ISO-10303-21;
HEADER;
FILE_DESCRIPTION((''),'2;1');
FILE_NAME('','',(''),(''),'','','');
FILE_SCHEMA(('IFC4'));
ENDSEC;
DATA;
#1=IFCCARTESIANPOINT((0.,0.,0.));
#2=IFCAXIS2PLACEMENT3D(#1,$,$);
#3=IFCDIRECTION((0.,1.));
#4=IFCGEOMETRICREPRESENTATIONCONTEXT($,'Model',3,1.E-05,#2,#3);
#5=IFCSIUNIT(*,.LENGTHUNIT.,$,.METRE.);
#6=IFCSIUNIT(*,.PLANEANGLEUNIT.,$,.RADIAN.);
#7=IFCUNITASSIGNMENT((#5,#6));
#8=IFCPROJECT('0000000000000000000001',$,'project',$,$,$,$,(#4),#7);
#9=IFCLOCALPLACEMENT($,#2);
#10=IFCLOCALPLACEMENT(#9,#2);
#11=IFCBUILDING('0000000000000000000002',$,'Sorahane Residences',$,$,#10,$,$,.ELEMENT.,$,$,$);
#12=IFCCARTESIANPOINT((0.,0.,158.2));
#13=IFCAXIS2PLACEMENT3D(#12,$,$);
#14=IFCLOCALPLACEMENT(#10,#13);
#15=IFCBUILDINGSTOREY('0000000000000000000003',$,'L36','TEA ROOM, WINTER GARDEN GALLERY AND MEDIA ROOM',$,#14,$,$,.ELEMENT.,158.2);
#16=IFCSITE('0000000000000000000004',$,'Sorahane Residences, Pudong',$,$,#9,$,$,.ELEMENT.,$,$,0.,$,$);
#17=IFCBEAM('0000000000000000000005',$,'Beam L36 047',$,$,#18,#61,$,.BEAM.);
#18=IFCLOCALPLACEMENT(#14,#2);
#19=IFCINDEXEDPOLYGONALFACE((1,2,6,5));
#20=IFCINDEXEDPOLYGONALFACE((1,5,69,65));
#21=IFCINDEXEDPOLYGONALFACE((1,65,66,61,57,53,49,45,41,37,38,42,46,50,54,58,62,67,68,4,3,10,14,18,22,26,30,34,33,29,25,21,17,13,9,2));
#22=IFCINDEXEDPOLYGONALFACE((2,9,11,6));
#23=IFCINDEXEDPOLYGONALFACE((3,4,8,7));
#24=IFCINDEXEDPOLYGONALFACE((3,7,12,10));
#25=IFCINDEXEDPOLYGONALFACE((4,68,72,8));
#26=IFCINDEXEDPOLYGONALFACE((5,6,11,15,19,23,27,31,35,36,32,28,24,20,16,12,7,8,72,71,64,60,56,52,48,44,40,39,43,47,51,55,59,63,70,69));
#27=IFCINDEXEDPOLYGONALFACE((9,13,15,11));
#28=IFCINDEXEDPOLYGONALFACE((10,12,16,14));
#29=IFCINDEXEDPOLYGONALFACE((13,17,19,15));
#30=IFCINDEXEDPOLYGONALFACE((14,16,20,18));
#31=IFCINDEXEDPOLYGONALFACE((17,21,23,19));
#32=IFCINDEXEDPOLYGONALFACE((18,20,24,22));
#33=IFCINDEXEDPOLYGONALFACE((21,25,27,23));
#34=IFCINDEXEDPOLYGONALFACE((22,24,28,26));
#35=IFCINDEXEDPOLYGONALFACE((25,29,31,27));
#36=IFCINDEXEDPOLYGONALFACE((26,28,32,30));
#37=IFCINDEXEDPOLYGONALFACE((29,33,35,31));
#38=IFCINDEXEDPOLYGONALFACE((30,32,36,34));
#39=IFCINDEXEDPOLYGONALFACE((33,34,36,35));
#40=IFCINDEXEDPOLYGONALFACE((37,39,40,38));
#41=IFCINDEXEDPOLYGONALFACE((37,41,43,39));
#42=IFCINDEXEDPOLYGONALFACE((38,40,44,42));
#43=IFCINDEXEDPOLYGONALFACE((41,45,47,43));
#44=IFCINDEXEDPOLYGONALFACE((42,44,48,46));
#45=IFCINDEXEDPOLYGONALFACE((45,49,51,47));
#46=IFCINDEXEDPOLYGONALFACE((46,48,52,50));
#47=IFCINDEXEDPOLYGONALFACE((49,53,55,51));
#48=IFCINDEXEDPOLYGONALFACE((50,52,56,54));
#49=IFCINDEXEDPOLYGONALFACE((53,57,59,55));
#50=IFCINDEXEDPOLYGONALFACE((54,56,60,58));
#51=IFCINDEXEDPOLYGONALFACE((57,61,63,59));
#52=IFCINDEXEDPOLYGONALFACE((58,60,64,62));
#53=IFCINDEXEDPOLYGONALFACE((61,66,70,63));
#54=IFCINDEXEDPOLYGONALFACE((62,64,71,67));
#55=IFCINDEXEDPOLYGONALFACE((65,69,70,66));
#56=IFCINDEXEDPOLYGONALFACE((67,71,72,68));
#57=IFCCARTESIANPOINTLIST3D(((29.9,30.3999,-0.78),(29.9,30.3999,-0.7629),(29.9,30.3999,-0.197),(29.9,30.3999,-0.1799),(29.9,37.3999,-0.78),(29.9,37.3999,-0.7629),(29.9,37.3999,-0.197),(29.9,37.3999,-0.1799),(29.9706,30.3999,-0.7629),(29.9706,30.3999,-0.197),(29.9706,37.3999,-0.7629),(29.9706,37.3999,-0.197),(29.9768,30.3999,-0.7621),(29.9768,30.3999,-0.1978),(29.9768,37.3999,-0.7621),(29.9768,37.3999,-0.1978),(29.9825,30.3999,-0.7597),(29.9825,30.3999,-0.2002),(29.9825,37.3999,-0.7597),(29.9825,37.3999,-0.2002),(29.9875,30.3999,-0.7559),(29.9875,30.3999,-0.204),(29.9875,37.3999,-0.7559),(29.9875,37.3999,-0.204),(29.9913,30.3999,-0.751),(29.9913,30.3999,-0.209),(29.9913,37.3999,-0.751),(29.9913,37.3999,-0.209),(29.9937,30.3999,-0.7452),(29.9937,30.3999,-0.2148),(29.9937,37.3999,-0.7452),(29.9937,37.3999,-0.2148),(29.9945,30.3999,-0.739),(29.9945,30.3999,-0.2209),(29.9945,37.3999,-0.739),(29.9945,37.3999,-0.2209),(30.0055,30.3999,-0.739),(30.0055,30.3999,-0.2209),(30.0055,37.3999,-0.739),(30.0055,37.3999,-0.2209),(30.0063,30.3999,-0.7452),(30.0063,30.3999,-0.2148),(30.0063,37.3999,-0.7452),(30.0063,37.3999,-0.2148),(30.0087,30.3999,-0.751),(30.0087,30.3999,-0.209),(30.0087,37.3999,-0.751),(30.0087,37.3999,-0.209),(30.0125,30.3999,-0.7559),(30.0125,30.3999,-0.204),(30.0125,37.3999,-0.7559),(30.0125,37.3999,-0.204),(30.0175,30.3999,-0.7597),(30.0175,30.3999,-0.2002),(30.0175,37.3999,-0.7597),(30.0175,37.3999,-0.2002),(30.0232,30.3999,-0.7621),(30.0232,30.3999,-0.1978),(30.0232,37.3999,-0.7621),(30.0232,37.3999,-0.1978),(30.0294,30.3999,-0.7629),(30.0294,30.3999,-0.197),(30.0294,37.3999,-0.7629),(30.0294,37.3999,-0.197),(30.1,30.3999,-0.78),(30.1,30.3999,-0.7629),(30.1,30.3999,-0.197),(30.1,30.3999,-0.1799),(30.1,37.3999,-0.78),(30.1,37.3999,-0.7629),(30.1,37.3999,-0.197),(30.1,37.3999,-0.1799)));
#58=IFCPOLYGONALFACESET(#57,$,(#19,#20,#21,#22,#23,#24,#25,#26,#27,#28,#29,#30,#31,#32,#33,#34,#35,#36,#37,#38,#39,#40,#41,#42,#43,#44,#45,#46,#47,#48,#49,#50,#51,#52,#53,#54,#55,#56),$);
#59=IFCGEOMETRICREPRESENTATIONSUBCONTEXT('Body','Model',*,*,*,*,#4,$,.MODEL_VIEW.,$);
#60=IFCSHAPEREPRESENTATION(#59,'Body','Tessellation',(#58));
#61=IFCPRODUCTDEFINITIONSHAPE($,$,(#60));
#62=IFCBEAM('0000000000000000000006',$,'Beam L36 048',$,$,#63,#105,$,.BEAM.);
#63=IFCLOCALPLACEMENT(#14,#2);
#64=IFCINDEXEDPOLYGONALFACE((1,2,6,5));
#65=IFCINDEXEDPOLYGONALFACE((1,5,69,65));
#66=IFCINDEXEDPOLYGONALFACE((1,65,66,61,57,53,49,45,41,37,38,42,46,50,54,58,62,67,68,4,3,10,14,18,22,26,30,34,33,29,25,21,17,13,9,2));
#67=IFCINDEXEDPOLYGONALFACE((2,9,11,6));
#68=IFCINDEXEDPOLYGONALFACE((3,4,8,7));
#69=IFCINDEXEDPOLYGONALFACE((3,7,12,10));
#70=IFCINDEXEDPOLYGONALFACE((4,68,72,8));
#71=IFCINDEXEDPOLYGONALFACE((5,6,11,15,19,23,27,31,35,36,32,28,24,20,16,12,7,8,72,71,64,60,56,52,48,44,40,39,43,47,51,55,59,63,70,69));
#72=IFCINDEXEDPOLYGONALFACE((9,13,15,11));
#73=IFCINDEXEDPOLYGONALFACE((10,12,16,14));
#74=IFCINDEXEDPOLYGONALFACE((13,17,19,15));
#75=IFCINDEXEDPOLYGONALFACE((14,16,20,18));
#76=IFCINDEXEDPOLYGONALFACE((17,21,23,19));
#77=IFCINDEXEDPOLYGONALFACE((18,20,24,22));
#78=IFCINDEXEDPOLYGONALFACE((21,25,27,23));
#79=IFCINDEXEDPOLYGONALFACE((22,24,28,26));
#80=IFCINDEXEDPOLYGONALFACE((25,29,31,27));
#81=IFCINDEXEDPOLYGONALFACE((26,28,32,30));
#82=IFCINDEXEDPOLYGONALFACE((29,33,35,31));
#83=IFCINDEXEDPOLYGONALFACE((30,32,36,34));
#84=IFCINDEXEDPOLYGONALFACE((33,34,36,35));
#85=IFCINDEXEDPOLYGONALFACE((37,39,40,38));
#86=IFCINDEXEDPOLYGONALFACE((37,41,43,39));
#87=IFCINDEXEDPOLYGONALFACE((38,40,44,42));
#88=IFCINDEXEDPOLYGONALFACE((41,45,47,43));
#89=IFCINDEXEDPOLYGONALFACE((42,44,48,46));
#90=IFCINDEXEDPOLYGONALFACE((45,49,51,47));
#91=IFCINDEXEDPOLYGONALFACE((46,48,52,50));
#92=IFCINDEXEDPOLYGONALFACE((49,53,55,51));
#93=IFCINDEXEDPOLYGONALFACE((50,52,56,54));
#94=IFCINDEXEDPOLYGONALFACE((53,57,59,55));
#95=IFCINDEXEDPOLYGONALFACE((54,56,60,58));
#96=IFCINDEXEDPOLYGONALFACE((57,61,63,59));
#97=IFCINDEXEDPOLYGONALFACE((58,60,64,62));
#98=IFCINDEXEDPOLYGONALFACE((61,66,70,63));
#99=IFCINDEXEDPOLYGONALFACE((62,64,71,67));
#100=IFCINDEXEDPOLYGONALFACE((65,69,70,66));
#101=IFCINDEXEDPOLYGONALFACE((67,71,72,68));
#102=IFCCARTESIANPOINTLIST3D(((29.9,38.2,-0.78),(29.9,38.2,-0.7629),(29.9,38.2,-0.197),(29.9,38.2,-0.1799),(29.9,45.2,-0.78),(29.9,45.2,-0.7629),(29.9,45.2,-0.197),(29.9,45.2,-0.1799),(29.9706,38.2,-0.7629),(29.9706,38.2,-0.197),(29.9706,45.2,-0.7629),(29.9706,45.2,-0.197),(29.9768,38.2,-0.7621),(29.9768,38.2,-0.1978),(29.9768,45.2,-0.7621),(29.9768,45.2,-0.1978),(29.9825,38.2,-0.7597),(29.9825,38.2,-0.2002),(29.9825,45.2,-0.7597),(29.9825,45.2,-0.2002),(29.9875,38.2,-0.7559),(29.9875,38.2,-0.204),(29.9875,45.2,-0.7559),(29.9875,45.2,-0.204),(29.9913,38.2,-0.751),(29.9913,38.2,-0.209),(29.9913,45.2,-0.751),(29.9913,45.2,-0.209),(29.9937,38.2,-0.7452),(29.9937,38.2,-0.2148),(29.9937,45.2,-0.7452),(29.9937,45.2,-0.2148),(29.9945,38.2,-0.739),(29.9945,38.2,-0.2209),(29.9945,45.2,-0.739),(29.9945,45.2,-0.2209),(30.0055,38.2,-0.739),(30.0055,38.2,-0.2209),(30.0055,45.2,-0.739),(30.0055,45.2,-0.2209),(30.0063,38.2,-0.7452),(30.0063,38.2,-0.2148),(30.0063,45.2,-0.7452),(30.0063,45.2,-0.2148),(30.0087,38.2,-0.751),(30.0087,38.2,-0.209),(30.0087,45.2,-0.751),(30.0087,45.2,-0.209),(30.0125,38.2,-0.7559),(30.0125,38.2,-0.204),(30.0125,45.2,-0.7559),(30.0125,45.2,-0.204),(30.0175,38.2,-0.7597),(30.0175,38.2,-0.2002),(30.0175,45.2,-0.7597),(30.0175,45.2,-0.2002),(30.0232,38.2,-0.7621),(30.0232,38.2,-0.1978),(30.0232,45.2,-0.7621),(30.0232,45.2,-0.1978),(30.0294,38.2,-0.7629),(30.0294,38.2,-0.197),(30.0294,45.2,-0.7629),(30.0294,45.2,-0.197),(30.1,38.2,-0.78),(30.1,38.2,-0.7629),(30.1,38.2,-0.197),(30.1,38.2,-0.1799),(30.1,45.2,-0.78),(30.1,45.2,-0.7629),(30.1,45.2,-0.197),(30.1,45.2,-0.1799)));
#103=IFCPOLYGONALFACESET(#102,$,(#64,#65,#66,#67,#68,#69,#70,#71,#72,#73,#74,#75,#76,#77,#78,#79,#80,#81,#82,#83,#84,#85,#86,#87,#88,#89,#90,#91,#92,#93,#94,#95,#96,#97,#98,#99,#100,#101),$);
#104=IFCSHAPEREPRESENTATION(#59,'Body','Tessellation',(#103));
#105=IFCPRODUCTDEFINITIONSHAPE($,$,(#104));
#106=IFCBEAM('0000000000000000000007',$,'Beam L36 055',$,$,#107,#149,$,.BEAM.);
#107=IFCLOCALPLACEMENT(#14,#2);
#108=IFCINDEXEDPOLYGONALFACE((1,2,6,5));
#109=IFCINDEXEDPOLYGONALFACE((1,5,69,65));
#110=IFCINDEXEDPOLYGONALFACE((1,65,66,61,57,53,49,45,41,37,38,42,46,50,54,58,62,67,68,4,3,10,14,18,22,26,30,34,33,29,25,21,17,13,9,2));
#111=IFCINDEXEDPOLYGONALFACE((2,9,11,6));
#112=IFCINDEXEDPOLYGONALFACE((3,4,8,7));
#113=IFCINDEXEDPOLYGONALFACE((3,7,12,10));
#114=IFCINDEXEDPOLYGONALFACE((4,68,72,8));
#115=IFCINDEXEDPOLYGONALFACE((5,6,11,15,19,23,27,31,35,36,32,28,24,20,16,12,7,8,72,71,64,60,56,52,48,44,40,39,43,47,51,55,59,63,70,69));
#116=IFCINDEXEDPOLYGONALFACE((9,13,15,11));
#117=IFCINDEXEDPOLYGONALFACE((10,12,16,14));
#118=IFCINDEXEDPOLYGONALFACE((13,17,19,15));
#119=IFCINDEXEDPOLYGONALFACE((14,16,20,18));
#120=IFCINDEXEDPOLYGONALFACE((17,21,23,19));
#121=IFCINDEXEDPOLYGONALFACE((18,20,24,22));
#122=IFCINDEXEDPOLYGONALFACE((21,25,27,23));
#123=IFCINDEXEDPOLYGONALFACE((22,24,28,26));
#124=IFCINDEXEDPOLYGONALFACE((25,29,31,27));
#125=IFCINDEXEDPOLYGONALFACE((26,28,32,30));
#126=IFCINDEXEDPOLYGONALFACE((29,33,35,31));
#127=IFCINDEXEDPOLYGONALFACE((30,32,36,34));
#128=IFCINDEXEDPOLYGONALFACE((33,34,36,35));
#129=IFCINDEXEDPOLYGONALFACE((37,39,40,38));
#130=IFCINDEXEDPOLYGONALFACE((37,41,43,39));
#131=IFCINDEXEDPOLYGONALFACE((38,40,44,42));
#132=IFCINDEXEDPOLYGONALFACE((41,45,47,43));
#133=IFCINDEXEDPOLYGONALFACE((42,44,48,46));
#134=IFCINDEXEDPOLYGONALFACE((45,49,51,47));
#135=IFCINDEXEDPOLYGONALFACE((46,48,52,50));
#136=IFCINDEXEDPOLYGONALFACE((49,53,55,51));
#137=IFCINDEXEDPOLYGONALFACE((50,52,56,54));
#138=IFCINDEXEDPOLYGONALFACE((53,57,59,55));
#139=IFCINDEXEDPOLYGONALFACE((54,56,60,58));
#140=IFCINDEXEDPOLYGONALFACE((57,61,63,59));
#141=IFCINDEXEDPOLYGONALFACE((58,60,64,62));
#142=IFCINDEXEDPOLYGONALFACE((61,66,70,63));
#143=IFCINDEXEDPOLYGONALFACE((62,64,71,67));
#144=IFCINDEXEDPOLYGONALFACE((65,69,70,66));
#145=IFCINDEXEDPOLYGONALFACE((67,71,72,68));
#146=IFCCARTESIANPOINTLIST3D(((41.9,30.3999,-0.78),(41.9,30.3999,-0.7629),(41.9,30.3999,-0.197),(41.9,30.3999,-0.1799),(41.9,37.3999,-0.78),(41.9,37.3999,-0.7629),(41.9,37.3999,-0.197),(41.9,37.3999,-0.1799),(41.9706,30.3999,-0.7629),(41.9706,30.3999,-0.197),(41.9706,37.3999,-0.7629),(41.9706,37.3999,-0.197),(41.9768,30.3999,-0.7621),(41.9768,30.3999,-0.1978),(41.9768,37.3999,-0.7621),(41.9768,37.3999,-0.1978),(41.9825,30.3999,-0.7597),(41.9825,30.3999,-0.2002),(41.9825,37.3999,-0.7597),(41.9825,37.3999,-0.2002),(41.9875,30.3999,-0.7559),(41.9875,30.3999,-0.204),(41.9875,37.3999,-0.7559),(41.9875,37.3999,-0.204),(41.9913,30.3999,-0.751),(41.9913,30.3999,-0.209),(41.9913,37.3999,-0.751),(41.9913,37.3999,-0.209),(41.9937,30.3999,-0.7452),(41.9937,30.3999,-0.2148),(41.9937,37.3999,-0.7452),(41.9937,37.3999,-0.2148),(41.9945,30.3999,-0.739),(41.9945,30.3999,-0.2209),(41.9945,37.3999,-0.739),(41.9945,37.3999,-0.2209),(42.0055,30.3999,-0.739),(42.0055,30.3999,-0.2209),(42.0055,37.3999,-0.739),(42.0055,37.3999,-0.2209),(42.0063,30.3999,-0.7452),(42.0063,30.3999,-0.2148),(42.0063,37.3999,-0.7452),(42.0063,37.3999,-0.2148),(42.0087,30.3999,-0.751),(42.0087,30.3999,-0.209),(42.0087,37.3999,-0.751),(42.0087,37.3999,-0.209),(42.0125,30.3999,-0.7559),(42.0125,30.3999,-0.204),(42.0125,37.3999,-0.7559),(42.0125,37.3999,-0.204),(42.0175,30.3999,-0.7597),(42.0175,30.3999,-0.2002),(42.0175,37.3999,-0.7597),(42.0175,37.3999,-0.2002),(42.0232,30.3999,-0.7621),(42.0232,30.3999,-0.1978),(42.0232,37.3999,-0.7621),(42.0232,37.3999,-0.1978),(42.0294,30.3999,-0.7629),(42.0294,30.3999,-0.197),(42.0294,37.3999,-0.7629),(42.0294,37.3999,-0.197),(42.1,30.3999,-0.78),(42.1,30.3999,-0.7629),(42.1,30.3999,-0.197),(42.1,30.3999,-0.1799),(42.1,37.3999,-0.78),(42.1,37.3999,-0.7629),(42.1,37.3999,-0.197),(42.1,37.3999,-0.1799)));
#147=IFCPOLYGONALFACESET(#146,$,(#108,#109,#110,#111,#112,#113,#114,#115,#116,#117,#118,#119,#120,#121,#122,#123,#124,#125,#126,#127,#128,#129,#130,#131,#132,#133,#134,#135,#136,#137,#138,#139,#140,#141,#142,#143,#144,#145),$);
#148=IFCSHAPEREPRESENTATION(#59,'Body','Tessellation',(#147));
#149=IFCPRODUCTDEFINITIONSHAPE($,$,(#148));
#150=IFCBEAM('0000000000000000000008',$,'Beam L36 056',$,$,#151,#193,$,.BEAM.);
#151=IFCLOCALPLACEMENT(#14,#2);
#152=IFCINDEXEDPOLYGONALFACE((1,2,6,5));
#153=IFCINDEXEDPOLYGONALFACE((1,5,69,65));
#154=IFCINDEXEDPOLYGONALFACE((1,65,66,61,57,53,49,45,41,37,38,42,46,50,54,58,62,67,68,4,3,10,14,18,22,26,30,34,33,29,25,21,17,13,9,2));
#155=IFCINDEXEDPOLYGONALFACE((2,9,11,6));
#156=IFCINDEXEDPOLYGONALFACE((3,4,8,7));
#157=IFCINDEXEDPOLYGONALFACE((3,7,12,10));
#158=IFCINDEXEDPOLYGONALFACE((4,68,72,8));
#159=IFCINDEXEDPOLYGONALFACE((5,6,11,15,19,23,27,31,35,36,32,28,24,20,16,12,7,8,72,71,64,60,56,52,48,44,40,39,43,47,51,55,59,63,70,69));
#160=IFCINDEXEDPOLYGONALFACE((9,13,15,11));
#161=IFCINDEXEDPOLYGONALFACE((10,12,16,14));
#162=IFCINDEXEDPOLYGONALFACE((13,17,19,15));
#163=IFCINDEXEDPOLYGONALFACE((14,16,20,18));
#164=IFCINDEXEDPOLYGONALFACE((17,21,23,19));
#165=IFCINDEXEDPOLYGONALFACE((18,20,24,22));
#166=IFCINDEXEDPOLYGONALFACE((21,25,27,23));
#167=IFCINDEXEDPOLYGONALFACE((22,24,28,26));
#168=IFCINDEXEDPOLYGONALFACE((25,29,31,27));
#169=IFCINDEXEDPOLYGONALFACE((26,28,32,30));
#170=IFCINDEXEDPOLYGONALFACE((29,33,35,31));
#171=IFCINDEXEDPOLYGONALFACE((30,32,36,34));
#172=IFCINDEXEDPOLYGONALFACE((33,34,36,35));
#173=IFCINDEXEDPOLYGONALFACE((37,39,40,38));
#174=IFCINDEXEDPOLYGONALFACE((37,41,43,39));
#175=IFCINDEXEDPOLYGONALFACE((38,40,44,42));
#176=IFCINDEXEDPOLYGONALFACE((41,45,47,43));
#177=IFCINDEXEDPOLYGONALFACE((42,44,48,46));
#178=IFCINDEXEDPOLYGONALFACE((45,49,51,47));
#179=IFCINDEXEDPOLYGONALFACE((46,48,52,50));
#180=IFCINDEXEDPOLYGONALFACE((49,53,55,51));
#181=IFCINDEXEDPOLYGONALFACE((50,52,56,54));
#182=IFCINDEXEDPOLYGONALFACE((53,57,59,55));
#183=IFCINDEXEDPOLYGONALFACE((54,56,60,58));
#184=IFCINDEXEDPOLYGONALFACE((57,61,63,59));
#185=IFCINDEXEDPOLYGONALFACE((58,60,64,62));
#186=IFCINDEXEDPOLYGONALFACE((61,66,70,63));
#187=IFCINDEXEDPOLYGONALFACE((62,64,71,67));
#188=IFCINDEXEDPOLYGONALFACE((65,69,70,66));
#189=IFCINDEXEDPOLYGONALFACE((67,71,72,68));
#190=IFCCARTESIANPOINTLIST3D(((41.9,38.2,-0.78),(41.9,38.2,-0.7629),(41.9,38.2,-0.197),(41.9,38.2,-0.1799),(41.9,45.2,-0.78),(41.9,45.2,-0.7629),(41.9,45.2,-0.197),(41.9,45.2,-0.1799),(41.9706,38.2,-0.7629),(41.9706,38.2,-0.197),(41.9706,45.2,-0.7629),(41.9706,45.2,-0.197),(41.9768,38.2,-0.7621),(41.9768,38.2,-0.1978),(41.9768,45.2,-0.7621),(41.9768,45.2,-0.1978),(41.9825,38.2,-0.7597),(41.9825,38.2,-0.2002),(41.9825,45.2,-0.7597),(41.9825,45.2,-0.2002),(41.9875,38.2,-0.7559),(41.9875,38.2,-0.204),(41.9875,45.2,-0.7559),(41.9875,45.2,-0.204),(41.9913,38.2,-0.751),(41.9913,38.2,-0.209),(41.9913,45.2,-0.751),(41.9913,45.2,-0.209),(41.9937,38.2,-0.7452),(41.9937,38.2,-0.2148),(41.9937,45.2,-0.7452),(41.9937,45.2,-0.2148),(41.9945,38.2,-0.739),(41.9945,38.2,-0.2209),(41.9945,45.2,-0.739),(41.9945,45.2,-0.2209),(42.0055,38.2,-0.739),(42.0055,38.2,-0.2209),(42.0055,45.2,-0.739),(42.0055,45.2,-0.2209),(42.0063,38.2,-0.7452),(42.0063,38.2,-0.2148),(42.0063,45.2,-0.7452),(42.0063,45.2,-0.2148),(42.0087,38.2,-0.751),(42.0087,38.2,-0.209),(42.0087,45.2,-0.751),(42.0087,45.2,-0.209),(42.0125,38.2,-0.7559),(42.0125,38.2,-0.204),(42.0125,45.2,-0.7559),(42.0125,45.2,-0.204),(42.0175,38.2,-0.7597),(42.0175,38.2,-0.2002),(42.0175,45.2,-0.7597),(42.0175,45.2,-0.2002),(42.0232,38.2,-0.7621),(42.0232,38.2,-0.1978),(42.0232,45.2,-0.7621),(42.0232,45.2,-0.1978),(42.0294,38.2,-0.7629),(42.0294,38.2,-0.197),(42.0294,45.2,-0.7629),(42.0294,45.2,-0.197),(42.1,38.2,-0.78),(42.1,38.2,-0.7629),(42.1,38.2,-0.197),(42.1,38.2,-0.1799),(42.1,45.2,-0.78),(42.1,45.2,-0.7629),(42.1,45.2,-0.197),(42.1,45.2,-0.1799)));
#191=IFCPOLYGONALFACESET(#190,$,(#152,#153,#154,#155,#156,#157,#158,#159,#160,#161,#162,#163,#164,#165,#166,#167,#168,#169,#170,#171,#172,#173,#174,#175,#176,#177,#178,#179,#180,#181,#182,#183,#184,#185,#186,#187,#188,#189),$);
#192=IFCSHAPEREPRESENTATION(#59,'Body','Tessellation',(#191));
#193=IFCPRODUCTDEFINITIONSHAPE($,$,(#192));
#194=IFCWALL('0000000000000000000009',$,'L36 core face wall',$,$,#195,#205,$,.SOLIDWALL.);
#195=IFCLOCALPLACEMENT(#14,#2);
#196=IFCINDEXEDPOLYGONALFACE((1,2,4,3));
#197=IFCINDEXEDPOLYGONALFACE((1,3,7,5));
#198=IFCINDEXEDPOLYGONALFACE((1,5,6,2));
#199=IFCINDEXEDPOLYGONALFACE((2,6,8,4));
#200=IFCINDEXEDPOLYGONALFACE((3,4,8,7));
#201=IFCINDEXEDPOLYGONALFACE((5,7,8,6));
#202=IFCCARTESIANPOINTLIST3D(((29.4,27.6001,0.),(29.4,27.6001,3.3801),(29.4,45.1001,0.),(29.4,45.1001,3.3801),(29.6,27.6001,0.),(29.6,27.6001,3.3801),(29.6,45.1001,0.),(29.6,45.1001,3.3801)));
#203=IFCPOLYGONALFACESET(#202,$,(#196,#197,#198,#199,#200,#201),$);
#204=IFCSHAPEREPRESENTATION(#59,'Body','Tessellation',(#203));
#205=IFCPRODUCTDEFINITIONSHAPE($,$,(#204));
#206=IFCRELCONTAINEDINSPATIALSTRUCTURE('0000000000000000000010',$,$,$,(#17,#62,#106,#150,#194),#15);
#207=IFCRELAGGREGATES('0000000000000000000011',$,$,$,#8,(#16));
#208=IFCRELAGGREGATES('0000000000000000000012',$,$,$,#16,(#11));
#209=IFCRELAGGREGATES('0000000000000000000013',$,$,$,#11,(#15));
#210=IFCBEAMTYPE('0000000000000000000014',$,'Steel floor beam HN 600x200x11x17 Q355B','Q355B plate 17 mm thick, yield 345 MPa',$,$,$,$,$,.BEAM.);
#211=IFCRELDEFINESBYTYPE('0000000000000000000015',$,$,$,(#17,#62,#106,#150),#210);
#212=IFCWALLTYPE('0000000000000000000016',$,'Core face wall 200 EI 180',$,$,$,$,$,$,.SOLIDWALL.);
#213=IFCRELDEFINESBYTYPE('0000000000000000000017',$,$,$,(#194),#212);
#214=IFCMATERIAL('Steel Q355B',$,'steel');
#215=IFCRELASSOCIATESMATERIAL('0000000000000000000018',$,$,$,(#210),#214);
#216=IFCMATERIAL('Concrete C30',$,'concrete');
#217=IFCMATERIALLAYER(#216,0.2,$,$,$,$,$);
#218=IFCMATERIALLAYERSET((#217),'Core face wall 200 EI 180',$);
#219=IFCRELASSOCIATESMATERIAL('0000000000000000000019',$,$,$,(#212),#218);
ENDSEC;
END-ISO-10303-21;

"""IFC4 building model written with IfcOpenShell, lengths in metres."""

from ifc_helpers import new_model, si_unit, direction, frame, frame_2d, origin, origin_2d, place, context, subcontext, project, spatial, rectangle, i_section, extrude, material, layer, layer_set, material_profile, profile_set, type_object, element, save


model = new_model("IFC4")

# Units and contexts
model_context = context("Model", 3, precision=1e-05, world=origin(), true_north=direction((0.0, 1.0)))
body_context = subcontext(model_context, "Body", "Model", "MODEL_VIEW")
ifc_project = project(units=[si_unit("LENGTHUNIT", "METRE"), si_unit("PLANEANGLEUNIT", "RADIAN")], contexts=[model_context])

# Site, building, storey
site_placement = place(None, origin())
site = spatial("IfcSite", under=ifc_project, at=site_placement, Name="Sorahane Residences, Pudong", CompositionType="ELEMENT", RefElevation=0.0)
building_placement = place(site_placement, origin())
building = spatial("IfcBuilding", under=site, at=building_placement, Name="Sorahane Residences", CompositionType="ELEMENT")
storey_placement = place(building_placement, frame((0.0, 0.0, 158.2)))
storey = spatial("IfcBuildingStorey", under=building, at=storey_placement, Name="L36", Description="TEA ROOM, WINTER GARDEN GALLERY AND MEDIA ROOM", CompositionType="ELEMENT", Elevation=158.2)

# Beams
ifc_material_1 = material(Name="Steel Q355B", Category="steel")
ifc_material_profile_1 = material_profile(ifc_material_1, i_section(OverallWidth=0.2, OverallDepth=0.6001, WebThickness=0.011, FlangeThickness=0.0171, FilletRadius=0.0239, at=origin_2d()), Name="HN 600x200x11x17")
ifc_profile_set_1 = profile_set([ifc_material_profile_1], Name="Steel Q355B")
beam_type_1 = type_object("IfcBeamType", Name="Steel floor beam HN 600x200x11x17 Q355B", Description="Q355B plate 17 mm thick, yield 345 MPa", PredefinedType="BEAM", material=ifc_profile_set_1)
for number, where, z_axis, x_axis, name in (
    (1, (30.0, 30.3999, -0.48), (0.0, 1.0, 0.0), (-1.0, 0.0, 0.0), "Beam L36 047"),
    (2, (30.0, 38.2, -0.48), (0.0, 1.0, 0.0), (-1.0, 0.0, 0.0), "Beam L36 048"),
    (3, (42.0, 30.3999, -0.48), (0.0, 1.0, 0.0), (-1.0, 0.0, 0.0), "Beam L36 055"),
    (4, (42.0, 38.2, -0.48), (0.0, 1.0, 0.0), (-1.0, 0.0, 0.0), "Beam L36 056"),
):
    element("IfcBeam", number, at=place(storey_placement, frame(where, z_axis=z_axis, x_axis=x_axis)), inside=storey, type_object=beam_type_1, Name=name, PredefinedType="BEAM", context=body_context, shape_type="SweptSolid", body=[
        extrude(i_section(OverallWidth=0.2, OverallDepth=0.6001, WebThickness=0.011, FlangeThickness=0.0171, FilletRadius=0.0239, at=origin_2d()), origin(), (0.0, 0.0, 1.0), 7.0),
    ])

# Wall
ifc_material_2 = material(Name="Concrete C30", Category="concrete")
ifc_layer_1 = layer(ifc_material_2, 0.2)
ifc_layer_set_1 = layer_set([ifc_layer_1], Name="Core face wall 200 EI 180")
wall_type_1 = type_object("IfcWallType", Name="Core face wall 200 EI 180", PredefinedType="SOLIDWALL", material=ifc_layer_set_1)
for number, where, z_axis, x_axis, name in (
    (5, (29.5, 27.6001, 0.0), (0.0, 0.0, 1.0), (0.0, 1.0, 0.0), "L36 core face wall"),
):
    element("IfcWall", number, at=place(storey_placement, frame(where, z_axis=z_axis, x_axis=x_axis)), inside=storey, type_object=wall_type_1, Name=name, PredefinedType="SOLIDWALL", context=body_context, shape_type="SweptSolid", body=[
        extrude(rectangle(XDim=17.5, YDim=0.2, at=frame_2d((8.75, 0.0))), origin(), (0.0, 0.0, 1.0), 3.3801),
    ])

save(model, "model.ifc")
